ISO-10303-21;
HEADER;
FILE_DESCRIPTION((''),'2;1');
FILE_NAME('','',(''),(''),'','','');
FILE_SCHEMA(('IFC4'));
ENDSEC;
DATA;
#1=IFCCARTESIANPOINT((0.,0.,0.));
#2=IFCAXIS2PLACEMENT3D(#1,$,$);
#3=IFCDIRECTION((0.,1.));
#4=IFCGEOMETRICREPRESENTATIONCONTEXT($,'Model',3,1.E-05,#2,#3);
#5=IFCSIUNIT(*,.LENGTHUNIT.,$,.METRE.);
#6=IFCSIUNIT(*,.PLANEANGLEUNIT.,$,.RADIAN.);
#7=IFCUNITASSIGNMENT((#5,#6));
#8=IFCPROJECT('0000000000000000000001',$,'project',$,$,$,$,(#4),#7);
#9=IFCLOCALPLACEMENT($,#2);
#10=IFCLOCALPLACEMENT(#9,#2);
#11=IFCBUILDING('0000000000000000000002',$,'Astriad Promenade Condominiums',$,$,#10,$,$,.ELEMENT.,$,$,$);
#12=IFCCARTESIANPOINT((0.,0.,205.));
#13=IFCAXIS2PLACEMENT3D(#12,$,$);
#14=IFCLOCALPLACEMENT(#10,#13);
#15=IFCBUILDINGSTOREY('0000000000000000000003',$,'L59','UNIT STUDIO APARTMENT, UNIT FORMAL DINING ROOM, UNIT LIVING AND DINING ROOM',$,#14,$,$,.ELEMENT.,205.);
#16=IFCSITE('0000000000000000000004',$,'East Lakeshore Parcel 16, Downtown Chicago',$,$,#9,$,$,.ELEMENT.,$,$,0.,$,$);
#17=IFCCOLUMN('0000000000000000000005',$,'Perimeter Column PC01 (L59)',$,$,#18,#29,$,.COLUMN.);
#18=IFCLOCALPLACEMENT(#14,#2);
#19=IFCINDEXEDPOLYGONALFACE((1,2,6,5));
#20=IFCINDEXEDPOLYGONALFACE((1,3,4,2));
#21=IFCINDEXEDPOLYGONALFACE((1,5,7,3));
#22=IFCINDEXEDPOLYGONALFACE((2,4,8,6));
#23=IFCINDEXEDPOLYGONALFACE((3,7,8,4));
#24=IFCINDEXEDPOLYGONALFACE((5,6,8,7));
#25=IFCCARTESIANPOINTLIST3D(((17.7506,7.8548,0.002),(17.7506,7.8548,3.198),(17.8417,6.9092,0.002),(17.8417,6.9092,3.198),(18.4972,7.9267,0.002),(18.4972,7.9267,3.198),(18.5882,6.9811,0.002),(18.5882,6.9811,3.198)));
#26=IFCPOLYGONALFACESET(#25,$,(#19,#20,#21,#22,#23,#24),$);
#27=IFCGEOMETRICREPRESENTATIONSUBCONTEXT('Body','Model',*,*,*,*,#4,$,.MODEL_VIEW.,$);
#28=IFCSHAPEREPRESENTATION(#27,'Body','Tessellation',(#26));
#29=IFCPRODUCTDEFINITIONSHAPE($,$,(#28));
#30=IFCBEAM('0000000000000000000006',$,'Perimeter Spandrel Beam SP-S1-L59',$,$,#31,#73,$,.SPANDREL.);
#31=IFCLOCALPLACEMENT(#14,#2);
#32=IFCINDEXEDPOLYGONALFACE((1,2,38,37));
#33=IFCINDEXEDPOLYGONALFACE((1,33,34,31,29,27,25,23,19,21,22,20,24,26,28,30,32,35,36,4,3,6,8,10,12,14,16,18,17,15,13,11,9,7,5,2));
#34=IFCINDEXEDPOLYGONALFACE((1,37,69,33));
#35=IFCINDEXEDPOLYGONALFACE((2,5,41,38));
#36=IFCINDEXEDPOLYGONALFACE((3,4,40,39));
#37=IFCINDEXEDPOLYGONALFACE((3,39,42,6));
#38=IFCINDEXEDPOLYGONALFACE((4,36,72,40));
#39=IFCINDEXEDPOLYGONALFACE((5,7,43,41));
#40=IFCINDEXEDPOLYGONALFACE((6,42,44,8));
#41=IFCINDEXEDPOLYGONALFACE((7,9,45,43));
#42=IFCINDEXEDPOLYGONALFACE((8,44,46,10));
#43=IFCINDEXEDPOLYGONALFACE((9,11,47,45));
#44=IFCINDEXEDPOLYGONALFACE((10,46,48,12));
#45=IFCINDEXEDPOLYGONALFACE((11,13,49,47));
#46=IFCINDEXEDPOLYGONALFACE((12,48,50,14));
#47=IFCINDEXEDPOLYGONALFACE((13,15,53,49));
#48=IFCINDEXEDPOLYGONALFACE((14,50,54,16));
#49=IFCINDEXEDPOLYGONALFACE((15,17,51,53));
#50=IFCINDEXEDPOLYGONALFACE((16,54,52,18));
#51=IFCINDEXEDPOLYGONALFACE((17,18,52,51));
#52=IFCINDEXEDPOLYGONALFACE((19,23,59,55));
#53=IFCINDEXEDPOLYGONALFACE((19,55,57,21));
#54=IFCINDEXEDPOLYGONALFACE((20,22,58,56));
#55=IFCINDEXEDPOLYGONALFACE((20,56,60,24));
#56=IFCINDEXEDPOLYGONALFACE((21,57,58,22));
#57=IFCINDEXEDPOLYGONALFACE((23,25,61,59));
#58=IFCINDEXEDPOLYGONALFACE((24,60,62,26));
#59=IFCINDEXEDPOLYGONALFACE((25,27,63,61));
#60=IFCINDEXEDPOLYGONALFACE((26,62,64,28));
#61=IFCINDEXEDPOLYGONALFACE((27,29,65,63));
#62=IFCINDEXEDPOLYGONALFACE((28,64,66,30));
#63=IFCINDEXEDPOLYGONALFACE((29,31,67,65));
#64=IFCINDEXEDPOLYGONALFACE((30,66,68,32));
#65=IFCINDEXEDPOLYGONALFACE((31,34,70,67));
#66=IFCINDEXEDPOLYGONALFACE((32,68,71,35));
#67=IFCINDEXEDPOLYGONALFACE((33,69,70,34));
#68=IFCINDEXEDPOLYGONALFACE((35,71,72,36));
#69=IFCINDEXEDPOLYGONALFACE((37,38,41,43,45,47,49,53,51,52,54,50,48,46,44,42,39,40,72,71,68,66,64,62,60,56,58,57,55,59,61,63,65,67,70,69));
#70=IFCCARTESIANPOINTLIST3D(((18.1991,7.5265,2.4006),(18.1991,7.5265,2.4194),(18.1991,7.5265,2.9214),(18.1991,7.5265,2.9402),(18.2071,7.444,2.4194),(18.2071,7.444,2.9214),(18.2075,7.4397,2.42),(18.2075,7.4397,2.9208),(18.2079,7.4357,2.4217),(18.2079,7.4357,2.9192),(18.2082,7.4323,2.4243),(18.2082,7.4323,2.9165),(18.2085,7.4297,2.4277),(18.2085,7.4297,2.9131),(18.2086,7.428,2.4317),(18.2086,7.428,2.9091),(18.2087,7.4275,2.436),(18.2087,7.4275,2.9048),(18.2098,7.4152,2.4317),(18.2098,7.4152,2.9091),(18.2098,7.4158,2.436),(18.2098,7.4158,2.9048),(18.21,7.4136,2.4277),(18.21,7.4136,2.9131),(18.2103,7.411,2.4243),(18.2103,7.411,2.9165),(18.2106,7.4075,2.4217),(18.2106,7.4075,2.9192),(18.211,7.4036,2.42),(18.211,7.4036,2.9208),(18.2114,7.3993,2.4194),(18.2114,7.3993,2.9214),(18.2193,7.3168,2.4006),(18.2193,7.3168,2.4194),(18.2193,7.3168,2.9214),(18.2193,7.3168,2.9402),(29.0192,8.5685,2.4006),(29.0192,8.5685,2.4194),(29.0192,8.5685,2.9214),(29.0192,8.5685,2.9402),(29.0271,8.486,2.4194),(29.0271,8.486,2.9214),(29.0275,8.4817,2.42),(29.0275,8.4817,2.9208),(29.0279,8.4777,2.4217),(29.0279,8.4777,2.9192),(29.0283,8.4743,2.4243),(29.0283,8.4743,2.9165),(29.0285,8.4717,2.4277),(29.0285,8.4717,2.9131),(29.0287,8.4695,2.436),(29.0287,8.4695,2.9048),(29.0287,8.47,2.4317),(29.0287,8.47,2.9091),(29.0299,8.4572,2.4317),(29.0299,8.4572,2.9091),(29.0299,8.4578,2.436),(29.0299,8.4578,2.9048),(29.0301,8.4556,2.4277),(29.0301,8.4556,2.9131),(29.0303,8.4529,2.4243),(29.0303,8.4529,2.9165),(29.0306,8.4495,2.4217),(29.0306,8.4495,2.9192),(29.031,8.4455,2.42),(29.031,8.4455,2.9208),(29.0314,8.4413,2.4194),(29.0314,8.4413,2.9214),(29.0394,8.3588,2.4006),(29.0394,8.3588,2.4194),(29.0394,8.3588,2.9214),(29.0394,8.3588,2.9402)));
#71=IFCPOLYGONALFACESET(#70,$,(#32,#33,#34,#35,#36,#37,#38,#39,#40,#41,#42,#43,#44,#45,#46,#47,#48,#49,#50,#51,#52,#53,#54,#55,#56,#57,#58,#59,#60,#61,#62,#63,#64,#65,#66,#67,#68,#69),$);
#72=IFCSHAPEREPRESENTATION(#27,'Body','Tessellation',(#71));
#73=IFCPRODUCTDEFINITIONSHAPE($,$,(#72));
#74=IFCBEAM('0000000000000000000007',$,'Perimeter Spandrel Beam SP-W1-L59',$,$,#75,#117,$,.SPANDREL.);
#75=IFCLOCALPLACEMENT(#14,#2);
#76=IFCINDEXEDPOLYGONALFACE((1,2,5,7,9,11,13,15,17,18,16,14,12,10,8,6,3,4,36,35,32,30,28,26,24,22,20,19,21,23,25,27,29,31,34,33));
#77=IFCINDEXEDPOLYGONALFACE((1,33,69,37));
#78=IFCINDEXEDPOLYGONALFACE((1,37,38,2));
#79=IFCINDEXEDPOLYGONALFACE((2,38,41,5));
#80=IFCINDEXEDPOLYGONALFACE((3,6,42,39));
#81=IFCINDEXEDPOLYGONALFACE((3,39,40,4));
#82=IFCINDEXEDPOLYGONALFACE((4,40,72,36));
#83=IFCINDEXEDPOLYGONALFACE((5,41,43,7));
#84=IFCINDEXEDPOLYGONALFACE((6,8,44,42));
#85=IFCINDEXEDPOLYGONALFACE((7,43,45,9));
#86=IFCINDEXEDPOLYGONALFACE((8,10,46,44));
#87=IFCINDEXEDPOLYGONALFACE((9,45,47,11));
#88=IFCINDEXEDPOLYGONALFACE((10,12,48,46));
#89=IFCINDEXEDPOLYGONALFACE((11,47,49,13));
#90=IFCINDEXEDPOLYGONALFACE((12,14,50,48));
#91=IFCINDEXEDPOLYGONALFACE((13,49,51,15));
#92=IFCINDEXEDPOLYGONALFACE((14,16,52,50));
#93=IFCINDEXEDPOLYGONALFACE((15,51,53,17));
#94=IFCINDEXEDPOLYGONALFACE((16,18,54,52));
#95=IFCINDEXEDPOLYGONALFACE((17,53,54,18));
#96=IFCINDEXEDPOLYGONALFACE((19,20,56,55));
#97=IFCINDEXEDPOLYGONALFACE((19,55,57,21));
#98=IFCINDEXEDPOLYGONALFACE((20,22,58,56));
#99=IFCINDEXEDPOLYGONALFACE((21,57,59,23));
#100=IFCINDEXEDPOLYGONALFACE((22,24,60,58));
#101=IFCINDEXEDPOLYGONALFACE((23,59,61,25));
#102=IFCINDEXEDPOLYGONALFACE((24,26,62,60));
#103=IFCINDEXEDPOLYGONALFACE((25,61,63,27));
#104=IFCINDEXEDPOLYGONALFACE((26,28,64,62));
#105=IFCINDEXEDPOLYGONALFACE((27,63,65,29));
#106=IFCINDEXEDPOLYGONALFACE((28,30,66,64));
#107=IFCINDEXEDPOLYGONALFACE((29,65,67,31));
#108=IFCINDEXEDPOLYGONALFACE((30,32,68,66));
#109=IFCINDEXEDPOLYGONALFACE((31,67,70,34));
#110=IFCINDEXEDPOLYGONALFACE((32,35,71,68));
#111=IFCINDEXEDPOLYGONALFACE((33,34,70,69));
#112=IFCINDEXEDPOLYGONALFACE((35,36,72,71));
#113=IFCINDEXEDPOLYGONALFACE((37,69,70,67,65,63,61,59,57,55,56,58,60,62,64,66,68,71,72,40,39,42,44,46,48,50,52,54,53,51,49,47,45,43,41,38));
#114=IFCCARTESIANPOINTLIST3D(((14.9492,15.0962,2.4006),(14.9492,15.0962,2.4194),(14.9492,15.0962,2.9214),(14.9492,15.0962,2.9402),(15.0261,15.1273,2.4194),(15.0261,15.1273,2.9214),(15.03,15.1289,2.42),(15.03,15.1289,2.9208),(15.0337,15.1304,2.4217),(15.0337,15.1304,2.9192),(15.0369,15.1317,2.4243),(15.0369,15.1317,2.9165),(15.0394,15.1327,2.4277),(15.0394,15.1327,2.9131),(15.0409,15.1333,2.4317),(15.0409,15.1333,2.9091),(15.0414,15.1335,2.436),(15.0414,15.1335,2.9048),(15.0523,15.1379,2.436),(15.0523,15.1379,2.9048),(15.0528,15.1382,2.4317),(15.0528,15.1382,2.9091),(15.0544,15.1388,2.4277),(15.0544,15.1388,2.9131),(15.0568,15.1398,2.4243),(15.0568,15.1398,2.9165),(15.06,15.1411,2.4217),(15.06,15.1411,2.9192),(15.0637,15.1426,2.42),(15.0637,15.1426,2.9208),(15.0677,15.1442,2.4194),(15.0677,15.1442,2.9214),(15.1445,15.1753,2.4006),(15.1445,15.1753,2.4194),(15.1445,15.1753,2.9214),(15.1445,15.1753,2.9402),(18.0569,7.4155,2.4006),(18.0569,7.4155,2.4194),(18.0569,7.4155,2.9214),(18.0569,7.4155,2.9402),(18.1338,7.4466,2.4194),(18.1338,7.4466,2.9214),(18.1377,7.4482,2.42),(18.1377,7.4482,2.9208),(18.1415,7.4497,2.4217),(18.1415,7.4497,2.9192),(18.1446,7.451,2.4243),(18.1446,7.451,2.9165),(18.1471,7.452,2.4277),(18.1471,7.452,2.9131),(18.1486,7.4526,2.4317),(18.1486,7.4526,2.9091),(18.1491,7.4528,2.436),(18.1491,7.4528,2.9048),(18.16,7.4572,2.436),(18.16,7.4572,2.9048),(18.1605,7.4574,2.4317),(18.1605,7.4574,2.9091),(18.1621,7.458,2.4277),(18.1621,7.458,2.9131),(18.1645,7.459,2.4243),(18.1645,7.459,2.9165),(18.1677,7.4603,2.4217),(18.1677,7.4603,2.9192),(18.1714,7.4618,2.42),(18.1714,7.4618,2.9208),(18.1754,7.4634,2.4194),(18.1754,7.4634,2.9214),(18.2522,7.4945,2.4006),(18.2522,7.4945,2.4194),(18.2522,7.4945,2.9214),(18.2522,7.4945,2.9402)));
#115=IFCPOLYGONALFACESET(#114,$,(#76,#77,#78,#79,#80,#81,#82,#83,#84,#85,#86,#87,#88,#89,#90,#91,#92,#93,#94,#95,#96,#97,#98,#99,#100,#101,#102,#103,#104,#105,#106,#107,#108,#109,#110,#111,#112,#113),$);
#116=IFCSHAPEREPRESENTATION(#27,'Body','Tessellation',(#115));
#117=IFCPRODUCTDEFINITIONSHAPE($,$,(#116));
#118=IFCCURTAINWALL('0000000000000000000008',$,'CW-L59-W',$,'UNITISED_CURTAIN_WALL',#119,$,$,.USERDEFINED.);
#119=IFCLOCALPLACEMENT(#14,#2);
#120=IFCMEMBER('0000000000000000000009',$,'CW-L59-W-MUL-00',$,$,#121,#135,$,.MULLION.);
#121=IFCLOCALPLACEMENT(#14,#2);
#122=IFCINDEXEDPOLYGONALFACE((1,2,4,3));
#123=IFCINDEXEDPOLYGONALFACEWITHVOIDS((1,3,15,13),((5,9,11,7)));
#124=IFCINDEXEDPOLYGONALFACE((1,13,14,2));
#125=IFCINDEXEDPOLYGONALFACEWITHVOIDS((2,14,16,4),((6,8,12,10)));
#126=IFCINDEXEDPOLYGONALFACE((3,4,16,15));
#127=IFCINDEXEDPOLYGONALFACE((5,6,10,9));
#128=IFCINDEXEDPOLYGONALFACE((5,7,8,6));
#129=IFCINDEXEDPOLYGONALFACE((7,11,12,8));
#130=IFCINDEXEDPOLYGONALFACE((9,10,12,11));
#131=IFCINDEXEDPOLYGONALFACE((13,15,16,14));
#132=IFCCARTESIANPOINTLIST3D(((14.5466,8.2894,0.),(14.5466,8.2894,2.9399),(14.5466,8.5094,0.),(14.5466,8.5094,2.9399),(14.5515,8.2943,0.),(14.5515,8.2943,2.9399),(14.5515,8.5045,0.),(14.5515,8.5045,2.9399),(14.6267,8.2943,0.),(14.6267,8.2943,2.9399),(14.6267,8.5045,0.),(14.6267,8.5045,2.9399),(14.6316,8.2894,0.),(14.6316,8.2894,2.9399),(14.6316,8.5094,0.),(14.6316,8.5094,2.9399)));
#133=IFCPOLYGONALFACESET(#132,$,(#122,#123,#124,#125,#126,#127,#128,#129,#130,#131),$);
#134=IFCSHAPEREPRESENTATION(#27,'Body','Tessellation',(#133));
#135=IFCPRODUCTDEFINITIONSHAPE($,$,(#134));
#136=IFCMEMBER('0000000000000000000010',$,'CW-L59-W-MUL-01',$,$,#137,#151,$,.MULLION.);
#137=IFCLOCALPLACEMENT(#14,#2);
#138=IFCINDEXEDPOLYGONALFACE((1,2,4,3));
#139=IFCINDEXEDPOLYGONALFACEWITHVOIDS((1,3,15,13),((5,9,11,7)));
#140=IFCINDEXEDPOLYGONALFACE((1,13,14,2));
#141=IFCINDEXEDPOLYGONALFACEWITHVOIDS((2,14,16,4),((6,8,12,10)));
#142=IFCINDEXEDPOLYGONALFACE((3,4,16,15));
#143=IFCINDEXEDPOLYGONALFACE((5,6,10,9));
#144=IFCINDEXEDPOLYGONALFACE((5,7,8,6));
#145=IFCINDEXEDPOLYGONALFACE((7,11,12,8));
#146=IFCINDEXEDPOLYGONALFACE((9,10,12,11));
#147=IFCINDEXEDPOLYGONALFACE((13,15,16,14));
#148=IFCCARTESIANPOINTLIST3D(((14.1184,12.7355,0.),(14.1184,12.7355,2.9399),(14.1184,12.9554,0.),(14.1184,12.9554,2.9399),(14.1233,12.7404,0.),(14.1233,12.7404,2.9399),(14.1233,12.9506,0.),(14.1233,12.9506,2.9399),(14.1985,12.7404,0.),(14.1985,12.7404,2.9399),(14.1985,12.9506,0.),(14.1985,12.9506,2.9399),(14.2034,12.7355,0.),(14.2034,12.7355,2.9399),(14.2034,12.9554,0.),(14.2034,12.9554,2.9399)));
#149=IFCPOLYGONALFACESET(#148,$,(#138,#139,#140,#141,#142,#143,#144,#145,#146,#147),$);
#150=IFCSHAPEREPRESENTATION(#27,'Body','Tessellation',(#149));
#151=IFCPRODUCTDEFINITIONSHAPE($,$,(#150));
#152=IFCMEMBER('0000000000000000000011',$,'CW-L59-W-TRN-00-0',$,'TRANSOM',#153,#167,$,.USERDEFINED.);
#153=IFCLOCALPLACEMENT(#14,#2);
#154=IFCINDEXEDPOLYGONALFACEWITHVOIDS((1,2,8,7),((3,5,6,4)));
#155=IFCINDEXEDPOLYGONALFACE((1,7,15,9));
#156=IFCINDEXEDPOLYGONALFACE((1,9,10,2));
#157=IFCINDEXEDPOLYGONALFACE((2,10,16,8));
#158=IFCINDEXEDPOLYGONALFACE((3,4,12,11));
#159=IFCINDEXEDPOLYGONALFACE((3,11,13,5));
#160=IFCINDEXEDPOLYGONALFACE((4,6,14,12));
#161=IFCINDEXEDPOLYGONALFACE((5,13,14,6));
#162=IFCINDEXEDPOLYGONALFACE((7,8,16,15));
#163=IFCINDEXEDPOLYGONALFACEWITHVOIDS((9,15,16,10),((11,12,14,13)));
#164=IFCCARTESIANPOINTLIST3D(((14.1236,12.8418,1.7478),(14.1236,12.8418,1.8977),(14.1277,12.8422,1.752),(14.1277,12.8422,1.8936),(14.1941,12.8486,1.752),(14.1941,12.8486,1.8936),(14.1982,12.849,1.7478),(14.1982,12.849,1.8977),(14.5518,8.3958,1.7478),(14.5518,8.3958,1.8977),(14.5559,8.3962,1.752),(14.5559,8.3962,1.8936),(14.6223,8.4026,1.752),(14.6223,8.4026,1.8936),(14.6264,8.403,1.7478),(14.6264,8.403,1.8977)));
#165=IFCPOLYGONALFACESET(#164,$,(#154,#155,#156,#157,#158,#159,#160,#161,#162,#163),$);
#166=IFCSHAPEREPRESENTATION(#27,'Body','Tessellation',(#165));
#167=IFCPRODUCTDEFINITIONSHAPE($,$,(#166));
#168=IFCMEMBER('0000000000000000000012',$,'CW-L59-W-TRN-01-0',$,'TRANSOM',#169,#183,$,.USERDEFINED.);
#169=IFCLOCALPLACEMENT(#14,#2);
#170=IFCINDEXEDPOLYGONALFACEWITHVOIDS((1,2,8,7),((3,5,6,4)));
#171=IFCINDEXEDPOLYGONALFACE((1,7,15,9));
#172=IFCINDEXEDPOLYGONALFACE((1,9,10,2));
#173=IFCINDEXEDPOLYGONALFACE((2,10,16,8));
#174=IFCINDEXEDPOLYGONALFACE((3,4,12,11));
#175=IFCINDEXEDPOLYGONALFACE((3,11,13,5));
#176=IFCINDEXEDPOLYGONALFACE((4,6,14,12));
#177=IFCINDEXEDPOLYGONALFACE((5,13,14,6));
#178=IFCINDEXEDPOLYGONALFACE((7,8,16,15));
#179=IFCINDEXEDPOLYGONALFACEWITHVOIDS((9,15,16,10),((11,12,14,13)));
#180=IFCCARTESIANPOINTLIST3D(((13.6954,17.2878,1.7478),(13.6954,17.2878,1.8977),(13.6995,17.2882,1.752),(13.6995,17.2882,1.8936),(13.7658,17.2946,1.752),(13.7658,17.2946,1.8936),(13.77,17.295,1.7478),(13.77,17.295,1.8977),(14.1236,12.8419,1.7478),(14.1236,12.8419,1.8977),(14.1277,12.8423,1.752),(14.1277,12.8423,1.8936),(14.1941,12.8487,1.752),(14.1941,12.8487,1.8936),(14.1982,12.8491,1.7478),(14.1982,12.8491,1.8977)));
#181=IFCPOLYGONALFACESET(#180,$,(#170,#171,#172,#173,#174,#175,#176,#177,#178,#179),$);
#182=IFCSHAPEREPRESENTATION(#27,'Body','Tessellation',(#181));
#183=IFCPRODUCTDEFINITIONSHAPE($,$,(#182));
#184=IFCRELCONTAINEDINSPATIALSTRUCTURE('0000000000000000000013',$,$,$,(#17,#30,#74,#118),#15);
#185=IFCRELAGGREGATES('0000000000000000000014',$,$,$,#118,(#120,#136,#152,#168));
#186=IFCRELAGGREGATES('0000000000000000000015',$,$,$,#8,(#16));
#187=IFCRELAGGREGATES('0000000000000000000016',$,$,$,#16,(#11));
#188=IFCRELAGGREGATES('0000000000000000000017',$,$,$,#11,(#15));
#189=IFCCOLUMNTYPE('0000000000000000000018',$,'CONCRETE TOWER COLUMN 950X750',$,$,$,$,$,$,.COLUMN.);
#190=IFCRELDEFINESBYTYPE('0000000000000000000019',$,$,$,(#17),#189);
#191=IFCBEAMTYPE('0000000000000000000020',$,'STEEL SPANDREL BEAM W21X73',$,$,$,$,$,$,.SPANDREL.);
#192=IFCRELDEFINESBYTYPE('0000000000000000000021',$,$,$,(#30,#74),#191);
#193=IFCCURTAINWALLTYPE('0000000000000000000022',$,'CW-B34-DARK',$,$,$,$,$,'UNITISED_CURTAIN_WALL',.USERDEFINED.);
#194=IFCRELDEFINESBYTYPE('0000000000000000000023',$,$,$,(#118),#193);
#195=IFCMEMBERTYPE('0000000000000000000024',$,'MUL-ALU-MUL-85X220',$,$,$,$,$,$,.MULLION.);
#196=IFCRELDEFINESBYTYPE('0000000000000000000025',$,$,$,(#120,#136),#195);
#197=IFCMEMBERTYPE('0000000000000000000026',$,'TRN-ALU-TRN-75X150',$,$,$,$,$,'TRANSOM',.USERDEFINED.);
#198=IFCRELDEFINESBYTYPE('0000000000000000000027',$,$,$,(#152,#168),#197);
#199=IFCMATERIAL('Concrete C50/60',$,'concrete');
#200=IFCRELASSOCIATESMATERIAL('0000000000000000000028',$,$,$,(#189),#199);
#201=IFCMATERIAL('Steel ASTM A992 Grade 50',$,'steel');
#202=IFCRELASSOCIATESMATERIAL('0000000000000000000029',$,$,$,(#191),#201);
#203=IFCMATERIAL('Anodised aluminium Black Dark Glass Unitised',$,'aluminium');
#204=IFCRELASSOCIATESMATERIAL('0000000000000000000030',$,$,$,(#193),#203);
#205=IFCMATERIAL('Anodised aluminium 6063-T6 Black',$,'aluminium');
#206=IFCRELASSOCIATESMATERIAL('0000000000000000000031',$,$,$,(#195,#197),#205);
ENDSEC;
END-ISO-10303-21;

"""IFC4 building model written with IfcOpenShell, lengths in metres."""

from ifc_helpers import new_model, si_unit, direction, frame, origin, origin_2d, place, context, subcontext, project, spatial, rectangle, hollow_rectangle, i_section, extrude, source, transform, mapped, material, material_profile, profile_set, type_object, type_shapes, element, aggregate, save


model = new_model("IFC4")

# Units and contexts
model_context = context("Model", 3, precision=1e-05, world=origin(), true_north=direction((0.0, 1.0)))
body_context = subcontext(model_context, "Body", "Model", "MODEL_VIEW")
ifc_project = project(units=[si_unit("LENGTHUNIT", "METRE"), si_unit("PLANEANGLEUNIT", "RADIAN")], contexts=[model_context])

# Site, building, storey
site_placement = place(None, origin())
site = spatial("IfcSite", under=ifc_project, at=site_placement, Name="East Lakeshore Parcel 16, Downtown Chicago", CompositionType="ELEMENT", RefElevation=0.0)
building_placement = place(site_placement, origin())
building = spatial("IfcBuilding", under=site, at=building_placement, Name="Astriad Promenade Condominiums", CompositionType="ELEMENT")
storey_placement = place(building_placement, frame((0.0, 0.0, 205.0)))
storey = spatial("IfcBuildingStorey", under=building, at=storey_placement, Name="L59", Description="UNIT STUDIO APARTMENT, UNIT FORMAL DINING ROOM, UNIT LIVING AND DINING ROOM", CompositionType="ELEMENT", Elevation=205.0)

# Column
ifc_material_1 = material(Name="Concrete C50/60", Category="concrete")
ifc_material_profile_1 = material_profile(ifc_material_1, rectangle(XDim=0.75, YDim=0.95, at=origin_2d()), Name="RC-COL-950X750")
ifc_profile_set_1 = profile_set([ifc_material_profile_1], Name="Concrete C50/60")
column_type = type_object("IfcColumnType", Name="CONCRETE TOWER COLUMN 950X750", PredefinedType="COLUMN", material=ifc_profile_set_1)
shared_shape_1 = source(origin(), body_context, "Body", "SweptSolid", [
    extrude(rectangle(XDim=0.75, YDim=0.95, at=origin_2d()), origin(), (0.0, 0.0, 1.0), 3.196),
])
type_shapes(column_type, [shared_shape_1])
column_placement = place(storey_placement, frame((18.1694, 7.418, 0.002), z_axis=(0.0, 0.0, 1.0), x_axis=(0.995396, 0.095846, 0.0)))
element("IfcColumn", 1, at=column_placement, inside=storey, type_object=column_type, Name="Perimeter Column PC01 (L59)", PredefinedType="COLUMN", context=body_context, shape_type="MappedRepresentation", body=[
    mapped(shared_shape_1, transform((0.0, 0.0, 0.0), scale=1.0)),
])

# Beams
ifc_material_2 = material(Name="Steel ASTM A992 Grade 50", Category="steel")
ifc_material_profile_2 = material_profile(ifc_material_2, i_section(OverallWidth=0.2107, OverallDepth=0.5396, WebThickness=0.0117, FlangeThickness=0.0188, FilletRadius=0.0166, at=origin_2d()), Name="W21X73")
ifc_profile_set_2 = profile_set([ifc_material_profile_2], Name="Steel ASTM A992 Grade 50")
beam_type = type_object("IfcBeamType", Name="STEEL SPANDREL BEAM W21X73", PredefinedType="SPANDREL", material=ifc_profile_set_2)
shared_shape_2 = source(origin(), body_context, "Body", "SweptSolid", [
    extrude(i_section(OverallWidth=0.2107, OverallDepth=0.5396, WebThickness=0.0117, FlangeThickness=0.0188, FilletRadius=0.0166, at=origin_2d()), origin(), (0.0, 0.0, 1.0), 10.8701),
])
beam_1_placement = place(storey_placement, frame((18.2092, 7.4216, 2.6704), z_axis=(0.995395, 0.095858, 0.0), x_axis=(-0.095858, 0.995395, 0.0)))
element("IfcBeam", 2, at=beam_1_placement, inside=storey, type_object=beam_type, Name="Perimeter Spandrel Beam SP-S1-L59", PredefinedType="SPANDREL", context=body_context, shape_type="MappedRepresentation", body=[
    mapped(shared_shape_2, transform((0.0, 0.0, 0.0), scale=1.0)),
])
shared_shape_3 = source(origin(), body_context, "Body", "SweptSolid", [
    extrude(i_section(OverallWidth=0.2107, OverallDepth=0.5396, WebThickness=0.0117, FlangeThickness=0.0188, FilletRadius=0.0166, at=origin_2d()), origin(), (0.0, 0.0, 1.0), 8.2856),
])
type_shapes(beam_type, [shared_shape_2, shared_shape_3])
beam_2_placement = place(storey_placement, frame((15.0469, 15.1357, 2.6704), z_axis=(0.375071, -0.926996, 0.0), x_axis=(0.926996, 0.375071, 0.0)))
element("IfcBeam", 3, at=beam_2_placement, inside=storey, type_object=beam_type, Name="Perimeter Spandrel Beam SP-W1-L59", PredefinedType="SPANDREL", context=body_context, shape_type="MappedRepresentation", body=[
    mapped(shared_shape_3, transform((0.0, 0.0, 0.0), scale=1.0)),
])

# Curtain wall, members
ifc_material_3 = material(Name="Anodised aluminium Black Dark Glass Unitised", Category="aluminium")
curtain_wall_type = type_object("IfcCurtainWallType", Name="CW-B34-DARK", ElementType="UNITISED_CURTAIN_WALL", PredefinedType="USERDEFINED", material=ifc_material_3)
curtain_wall_placement = place(storey_placement, origin())
curtain_wall = element("IfcCurtainWall", 4, at=curtain_wall_placement, inside=storey, type_object=curtain_wall_type, Name="CW-L59-W", ObjectType="UNITISED_CURTAIN_WALL", PredefinedType="USERDEFINED")
ifc_material_4 = material(Name="Anodised aluminium 6063-T6 Black", Category="aluminium")
ifc_material_profile_3 = material_profile(ifc_material_4, hollow_rectangle(XDim=0.085, YDim=0.22, WallThickness=0.0049, at=origin_2d()), Name="ALU-MUL-85X220")
ifc_profile_set_3 = profile_set([ifc_material_profile_3], Name="Anodised aluminium 6063-T6 Black")
member_type_1 = type_object("IfcMemberType", Name="MUL-ALU-MUL-85X220", PredefinedType="MULLION", material=ifc_profile_set_3)
shared_shape_4 = source(origin(), body_context, "Body", "SweptSolid", [
    extrude(hollow_rectangle(XDim=0.085, YDim=0.22, WallThickness=0.0049, at=origin_2d()), origin(), (0.0, 0.0, 1.0), 2.9399),
])
type_shapes(member_type_1, [shared_shape_4])
member_1_placement = place(storey_placement, frame((14.5891, 8.3994, 0.0), z_axis=(0.0, 0.0, 1.0), x_axis=(1.0, 0.0, 0.0)))
member_1 = element("IfcMember", 5, at=member_1_placement, type_object=member_type_1, Name="CW-L59-W-MUL-00", PredefinedType="MULLION", context=body_context, shape_type="MappedRepresentation", body=[
    mapped(shared_shape_4, transform((0.0, 0.0, 0.0), scale=1.0)),
])
member_2_placement = place(storey_placement, frame((14.1609, 12.8455, 0.0), z_axis=(0.0, 0.0, 1.0), x_axis=(1.0, 0.0, 0.0)))
member_2 = element("IfcMember", 6, at=member_2_placement, type_object=member_type_1, Name="CW-L59-W-MUL-01", PredefinedType="MULLION", context=body_context, shape_type="MappedRepresentation", body=[
    mapped(shared_shape_4, transform((0.0, 0.0, 0.0), scale=1.0)),
])
ifc_material_profile_4 = material_profile(ifc_material_4, hollow_rectangle(XDim=0.075, YDim=0.1499, WallThickness=0.0042, at=origin_2d()), Name="ALU-TRN-75X150")
ifc_profile_set_4 = profile_set([ifc_material_profile_4], Name="Anodised aluminium 6063-T6 Black")
member_type_2 = type_object("IfcMemberType", Name="TRN-ALU-TRN-75X150", ElementType="TRANSOM", PredefinedType="USERDEFINED", material=ifc_profile_set_4)
shared_shape_5 = source(origin(), body_context, "Body", "SweptSolid", [
    extrude(hollow_rectangle(XDim=0.075, YDim=0.1499, WallThickness=0.0042, at=origin_2d()), origin(), (0.0, 0.0, 1.0), 4.4666),
])
type_shapes(member_type_2, [shared_shape_5])
member_3_placement = place(storey_placement, frame((14.5891, 8.3994, 1.8228), z_axis=(-0.095872, 0.995394, 0.0), x_axis=(-0.995394, -0.095872, 0.0)))
member_3 = element("IfcMember", 7, at=member_3_placement, type_object=member_type_2, Name="CW-L59-W-TRN-00-0", ObjectType="TRANSOM", PredefinedType="USERDEFINED", context=body_context, shape_type="MappedRepresentation", body=[
    mapped(shared_shape_5, transform((0.0, 0.0, 0.0), scale=1.0)),
])
member_4_placement = place(storey_placement, frame((14.1609, 12.8455, 1.8228), z_axis=(-0.095872, 0.995394, 0.0), x_axis=(-0.995394, -0.095872, 0.0)))
member_4 = element("IfcMember", 8, at=member_4_placement, type_object=member_type_2, Name="CW-L59-W-TRN-01-0", ObjectType="TRANSOM", PredefinedType="USERDEFINED", context=body_context, shape_type="MappedRepresentation", body=[
    mapped(shared_shape_5, transform((0.0, 0.0, 0.0), scale=1.0)),
])

aggregate(curtain_wall, [member_1, member_2, member_3, member_4])

save(model, "model.ifc")
